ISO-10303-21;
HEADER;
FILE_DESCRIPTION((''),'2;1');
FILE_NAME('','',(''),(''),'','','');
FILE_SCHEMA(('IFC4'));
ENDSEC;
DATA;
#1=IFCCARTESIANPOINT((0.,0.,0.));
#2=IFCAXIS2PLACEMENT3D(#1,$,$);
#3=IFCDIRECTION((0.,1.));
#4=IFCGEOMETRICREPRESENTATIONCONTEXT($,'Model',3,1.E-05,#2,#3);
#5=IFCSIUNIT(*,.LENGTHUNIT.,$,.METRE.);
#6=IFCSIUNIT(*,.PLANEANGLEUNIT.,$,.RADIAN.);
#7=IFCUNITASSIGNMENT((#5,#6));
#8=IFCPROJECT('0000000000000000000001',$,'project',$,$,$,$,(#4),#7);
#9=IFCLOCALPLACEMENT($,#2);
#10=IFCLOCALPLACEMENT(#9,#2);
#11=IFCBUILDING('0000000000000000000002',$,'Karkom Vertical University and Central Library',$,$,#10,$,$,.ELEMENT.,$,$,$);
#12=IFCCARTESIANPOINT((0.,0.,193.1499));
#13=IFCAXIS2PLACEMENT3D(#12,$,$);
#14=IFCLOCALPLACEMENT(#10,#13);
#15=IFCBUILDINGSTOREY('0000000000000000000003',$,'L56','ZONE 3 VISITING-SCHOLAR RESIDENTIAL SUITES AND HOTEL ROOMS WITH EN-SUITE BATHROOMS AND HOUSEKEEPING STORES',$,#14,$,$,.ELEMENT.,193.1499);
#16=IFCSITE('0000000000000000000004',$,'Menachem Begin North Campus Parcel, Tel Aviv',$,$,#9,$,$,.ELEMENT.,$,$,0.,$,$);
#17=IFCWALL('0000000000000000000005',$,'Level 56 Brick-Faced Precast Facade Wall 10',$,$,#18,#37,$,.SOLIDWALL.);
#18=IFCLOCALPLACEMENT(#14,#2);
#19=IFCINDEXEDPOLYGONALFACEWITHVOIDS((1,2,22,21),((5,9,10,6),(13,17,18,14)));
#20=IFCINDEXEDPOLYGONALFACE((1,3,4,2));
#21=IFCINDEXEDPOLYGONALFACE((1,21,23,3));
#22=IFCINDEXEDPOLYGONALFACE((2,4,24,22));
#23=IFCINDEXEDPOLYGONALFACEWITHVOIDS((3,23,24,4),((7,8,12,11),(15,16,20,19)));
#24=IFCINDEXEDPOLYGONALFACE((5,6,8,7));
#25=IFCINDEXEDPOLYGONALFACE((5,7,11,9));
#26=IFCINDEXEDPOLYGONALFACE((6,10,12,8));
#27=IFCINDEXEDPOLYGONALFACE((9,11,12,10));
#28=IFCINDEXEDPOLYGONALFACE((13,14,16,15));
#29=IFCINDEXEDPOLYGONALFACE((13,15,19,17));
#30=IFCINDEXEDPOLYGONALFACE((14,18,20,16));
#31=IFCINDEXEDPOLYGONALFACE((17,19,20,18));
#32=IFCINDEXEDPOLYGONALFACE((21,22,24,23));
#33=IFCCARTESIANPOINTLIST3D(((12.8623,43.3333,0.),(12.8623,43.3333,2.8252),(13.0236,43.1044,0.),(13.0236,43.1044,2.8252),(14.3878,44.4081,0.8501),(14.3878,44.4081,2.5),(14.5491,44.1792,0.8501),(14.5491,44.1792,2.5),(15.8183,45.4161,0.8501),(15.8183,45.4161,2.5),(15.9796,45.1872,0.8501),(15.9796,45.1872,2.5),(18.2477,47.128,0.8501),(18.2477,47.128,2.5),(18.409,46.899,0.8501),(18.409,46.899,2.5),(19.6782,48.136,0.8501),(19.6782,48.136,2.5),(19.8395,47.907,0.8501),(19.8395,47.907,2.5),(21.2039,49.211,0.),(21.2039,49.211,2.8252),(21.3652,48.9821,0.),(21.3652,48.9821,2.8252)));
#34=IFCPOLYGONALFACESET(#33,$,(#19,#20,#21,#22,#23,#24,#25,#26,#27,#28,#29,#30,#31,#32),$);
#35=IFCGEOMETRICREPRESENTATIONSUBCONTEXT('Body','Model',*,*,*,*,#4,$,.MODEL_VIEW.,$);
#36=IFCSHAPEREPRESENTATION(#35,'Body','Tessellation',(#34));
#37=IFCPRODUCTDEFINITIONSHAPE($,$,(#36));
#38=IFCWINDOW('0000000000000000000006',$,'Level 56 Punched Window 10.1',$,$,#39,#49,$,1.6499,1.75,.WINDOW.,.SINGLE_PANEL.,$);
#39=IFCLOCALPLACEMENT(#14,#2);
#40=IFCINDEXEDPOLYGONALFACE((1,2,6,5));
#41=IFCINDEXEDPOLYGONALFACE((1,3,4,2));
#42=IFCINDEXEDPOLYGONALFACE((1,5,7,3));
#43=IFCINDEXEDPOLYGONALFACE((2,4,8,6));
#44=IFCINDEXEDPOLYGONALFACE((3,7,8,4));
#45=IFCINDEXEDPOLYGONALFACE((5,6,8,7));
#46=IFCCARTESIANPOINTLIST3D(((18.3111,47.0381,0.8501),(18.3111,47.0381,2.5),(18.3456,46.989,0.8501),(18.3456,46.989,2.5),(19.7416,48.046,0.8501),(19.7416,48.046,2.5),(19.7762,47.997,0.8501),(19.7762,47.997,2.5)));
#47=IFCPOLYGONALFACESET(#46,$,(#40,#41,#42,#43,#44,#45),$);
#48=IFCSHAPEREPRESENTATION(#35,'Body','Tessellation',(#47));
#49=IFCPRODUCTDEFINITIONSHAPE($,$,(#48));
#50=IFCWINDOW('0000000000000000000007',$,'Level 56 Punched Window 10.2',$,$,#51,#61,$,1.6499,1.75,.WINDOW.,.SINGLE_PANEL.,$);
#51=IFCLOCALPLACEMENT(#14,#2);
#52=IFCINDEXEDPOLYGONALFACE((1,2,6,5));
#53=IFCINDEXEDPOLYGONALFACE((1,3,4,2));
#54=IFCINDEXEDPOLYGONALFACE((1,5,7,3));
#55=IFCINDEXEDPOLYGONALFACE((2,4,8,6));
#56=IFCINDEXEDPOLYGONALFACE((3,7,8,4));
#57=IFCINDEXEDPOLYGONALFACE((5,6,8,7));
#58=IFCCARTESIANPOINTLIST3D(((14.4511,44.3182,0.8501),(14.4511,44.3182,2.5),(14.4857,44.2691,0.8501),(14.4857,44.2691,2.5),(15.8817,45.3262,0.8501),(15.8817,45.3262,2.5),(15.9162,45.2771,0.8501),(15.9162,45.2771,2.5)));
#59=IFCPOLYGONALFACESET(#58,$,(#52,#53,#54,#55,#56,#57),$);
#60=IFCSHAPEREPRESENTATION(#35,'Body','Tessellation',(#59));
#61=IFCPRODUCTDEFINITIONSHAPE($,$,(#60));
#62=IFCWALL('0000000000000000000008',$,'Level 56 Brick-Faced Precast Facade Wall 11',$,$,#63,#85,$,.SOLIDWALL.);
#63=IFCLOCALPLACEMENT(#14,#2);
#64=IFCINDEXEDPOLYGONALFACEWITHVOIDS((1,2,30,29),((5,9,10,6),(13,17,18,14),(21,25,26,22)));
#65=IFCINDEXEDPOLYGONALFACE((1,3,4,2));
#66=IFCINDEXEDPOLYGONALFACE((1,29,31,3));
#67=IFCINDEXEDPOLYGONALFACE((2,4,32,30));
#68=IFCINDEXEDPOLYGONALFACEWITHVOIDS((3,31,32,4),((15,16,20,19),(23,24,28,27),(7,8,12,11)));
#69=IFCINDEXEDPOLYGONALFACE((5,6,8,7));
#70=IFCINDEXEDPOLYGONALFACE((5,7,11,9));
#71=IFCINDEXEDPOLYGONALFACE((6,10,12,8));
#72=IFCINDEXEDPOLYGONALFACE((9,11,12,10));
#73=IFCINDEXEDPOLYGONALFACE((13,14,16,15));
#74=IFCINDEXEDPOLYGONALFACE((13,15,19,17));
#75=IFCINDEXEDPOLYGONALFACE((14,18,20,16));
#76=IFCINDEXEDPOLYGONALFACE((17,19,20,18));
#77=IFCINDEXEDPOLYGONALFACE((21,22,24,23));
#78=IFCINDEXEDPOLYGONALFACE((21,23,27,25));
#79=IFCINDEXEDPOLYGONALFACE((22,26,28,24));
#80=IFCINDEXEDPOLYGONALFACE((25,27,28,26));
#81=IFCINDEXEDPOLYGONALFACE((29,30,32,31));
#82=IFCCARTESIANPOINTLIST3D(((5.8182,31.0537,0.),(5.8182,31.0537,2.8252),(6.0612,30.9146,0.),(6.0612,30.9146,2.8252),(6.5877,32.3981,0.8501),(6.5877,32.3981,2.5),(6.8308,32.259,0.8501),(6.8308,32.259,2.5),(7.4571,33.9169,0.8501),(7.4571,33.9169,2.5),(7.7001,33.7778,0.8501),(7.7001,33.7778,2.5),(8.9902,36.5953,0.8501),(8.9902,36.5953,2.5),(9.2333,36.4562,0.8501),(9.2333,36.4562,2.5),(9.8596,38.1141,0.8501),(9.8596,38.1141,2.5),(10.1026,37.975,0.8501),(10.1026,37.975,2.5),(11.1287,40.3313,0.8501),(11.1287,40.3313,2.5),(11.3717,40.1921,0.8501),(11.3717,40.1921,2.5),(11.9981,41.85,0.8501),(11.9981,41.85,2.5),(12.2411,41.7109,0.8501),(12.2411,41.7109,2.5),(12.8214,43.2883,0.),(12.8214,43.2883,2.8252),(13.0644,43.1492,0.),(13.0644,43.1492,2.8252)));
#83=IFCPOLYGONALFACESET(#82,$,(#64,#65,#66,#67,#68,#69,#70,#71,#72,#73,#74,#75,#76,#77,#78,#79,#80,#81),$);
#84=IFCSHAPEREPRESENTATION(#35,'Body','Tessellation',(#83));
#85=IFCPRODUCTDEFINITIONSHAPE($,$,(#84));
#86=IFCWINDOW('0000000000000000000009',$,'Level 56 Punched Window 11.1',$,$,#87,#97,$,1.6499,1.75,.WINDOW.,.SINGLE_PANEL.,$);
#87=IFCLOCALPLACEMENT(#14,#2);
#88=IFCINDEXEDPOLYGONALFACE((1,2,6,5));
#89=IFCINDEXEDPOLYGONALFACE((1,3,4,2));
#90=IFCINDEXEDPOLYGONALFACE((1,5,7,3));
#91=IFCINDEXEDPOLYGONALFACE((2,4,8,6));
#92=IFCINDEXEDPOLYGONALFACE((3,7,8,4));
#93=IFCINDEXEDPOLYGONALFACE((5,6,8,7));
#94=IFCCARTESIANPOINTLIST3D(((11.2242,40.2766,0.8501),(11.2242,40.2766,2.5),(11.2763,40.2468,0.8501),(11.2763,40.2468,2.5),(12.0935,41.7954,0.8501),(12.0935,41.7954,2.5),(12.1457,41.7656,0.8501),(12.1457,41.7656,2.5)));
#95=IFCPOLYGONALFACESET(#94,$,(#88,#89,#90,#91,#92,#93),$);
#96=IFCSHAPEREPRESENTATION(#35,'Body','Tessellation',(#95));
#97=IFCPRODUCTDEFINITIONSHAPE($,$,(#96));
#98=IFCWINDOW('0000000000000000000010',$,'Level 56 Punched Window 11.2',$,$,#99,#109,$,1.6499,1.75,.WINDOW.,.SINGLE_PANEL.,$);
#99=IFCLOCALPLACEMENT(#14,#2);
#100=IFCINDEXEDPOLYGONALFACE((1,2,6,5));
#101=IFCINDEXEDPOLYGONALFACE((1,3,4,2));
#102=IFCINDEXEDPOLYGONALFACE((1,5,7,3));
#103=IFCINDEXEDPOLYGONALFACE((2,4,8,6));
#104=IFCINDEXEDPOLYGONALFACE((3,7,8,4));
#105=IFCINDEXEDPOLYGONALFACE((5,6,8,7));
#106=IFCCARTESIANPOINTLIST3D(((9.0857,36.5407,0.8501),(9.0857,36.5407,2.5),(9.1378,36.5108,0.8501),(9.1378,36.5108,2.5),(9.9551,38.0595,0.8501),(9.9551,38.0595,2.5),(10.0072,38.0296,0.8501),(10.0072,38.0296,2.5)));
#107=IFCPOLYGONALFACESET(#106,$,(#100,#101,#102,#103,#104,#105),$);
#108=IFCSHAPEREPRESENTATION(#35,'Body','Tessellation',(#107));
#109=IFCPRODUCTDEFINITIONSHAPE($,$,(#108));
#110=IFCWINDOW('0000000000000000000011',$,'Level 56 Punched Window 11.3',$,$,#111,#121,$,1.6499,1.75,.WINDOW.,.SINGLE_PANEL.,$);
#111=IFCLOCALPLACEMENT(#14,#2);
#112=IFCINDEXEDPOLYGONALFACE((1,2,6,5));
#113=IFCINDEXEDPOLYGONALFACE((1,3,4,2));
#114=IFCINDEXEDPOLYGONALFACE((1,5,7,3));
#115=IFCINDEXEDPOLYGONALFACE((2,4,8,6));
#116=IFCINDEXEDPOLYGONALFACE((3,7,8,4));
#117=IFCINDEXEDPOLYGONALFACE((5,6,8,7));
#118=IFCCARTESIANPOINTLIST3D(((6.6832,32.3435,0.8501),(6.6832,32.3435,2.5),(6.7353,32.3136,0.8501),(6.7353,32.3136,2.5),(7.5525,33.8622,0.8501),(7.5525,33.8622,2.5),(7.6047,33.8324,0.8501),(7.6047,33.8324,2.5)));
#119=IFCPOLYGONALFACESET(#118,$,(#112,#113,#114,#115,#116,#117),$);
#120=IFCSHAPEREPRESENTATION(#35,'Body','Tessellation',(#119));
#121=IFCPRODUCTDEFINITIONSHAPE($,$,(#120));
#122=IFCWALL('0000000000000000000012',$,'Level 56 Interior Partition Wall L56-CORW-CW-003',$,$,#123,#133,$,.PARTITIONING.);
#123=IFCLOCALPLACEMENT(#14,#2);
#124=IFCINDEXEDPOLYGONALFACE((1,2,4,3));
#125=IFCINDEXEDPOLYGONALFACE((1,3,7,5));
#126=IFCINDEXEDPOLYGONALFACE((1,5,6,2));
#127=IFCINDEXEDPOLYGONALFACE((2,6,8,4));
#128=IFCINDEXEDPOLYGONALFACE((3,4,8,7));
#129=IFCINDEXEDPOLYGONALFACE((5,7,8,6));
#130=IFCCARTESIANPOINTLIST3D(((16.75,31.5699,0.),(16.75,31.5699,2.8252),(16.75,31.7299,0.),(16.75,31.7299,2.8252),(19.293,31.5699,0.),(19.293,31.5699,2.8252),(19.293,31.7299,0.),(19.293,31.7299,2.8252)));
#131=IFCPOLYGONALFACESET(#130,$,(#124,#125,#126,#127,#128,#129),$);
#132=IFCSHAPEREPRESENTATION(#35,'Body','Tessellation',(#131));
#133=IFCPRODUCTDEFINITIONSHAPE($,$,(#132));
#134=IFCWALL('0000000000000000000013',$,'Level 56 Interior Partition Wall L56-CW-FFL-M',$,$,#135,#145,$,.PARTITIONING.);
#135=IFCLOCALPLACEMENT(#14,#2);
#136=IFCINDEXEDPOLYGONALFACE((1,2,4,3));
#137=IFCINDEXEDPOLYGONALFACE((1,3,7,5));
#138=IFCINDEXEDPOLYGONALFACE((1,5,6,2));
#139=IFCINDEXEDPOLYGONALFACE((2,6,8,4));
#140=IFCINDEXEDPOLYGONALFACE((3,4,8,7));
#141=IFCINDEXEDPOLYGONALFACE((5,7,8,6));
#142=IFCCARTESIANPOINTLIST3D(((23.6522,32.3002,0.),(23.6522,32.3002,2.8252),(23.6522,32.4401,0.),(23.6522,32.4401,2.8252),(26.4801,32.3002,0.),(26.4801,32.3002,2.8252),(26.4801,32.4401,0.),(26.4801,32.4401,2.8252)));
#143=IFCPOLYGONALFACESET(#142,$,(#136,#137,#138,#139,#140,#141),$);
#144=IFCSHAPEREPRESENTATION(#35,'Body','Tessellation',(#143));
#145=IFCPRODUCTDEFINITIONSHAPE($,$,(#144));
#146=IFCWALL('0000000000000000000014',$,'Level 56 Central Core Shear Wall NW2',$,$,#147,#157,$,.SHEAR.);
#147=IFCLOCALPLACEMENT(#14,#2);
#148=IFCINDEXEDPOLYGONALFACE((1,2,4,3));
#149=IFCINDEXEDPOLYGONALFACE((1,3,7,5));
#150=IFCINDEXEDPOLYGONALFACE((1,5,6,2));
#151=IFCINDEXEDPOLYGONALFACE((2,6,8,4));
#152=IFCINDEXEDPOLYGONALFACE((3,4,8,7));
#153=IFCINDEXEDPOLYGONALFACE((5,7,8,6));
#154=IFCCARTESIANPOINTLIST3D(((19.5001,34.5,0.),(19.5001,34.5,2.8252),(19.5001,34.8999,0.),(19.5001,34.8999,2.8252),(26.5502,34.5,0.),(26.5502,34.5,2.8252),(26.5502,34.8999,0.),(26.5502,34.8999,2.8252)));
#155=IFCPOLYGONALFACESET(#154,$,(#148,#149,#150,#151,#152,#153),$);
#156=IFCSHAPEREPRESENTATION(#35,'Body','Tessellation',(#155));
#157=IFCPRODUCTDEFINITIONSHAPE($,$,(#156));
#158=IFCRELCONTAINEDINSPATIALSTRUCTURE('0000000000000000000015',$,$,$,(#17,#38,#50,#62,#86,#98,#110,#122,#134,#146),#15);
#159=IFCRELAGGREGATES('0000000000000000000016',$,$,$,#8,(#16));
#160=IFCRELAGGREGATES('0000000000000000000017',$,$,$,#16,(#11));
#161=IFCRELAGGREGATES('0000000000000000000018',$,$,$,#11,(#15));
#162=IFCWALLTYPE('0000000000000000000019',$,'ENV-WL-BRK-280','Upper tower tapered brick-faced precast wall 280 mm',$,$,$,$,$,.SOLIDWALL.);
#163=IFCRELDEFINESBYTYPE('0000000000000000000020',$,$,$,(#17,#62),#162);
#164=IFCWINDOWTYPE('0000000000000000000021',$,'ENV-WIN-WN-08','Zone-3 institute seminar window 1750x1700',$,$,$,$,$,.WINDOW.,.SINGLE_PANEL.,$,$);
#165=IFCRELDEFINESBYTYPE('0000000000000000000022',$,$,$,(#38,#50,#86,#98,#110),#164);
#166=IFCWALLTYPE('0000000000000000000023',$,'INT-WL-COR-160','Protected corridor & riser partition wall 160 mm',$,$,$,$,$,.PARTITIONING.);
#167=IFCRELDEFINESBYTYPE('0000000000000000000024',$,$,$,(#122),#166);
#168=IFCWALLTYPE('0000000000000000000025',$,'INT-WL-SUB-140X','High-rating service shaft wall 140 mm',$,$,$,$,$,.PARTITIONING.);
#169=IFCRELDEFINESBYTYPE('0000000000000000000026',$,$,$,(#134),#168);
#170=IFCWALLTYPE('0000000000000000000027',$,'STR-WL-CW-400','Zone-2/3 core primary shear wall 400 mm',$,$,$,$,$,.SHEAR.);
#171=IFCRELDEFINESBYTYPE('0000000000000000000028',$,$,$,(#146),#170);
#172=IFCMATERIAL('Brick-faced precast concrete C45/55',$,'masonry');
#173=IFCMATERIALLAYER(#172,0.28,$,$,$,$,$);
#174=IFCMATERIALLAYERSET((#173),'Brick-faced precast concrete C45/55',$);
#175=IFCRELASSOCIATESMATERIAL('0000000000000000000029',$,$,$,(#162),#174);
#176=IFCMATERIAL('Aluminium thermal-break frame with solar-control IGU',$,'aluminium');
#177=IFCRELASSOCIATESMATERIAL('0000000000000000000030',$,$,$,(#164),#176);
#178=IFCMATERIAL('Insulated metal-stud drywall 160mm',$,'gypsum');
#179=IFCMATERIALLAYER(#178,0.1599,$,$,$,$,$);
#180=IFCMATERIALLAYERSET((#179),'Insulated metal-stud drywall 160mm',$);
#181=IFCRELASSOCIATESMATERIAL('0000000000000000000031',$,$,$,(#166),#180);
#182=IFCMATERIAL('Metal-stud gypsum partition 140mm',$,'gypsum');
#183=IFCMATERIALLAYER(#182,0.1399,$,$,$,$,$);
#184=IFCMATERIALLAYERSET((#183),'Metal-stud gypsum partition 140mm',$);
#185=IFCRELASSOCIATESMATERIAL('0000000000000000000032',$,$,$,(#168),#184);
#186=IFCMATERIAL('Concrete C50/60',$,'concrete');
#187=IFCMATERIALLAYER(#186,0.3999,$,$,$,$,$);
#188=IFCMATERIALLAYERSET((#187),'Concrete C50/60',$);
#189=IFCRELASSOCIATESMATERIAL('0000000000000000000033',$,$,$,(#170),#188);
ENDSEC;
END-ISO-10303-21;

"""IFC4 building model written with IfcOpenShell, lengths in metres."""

from ifc_helpers import new_model, si_unit, direction, frame, frame_2d, origin, origin_with_axes, place, context, subcontext, project, spatial, rectangle, extrude, source, transform, mapped, material, layer, layer_set, type_object, element, fill, save


model = new_model("IFC4")

# Units and contexts
model_context = context("Model", 3, precision=1e-05, world=origin(), true_north=direction((0.0, 1.0)))
body_context = subcontext(model_context, "Body", "Model", "MODEL_VIEW")
ifc_project = project(units=[si_unit("LENGTHUNIT", "METRE"), si_unit("PLANEANGLEUNIT", "RADIAN")], contexts=[model_context])

# Site, building, storey
site_placement = place(None, origin())
site = spatial("IfcSite", under=ifc_project, at=site_placement, Name="Menachem Begin North Campus Parcel, Tel Aviv", CompositionType="ELEMENT", RefElevation=0.0)
building_placement = place(site_placement, origin())
building = spatial("IfcBuilding", under=site, at=building_placement, Name="Karkom Vertical University and Central Library", CompositionType="ELEMENT")
storey_placement = place(building_placement, frame((0.0, 0.0, 193.1499)))
storey = spatial("IfcBuildingStorey", under=building, at=storey_placement, Name="L56", Description="ZONE 3 VISITING-SCHOLAR RESIDENTIAL SUITES AND HOTEL ROOMS WITH EN-SUITE BATHROOMS AND HOUSEKEEPING STORES", CompositionType="ELEMENT", Elevation=193.1499)

# Shared definitions
ifc_material_1 = material(Name="Concrete C50/60", Category="concrete")

# Walls, openings, windows
ifc_material_2 = material(Name="Brick-faced precast concrete C45/55", Category="masonry")
ifc_layer_1 = layer(ifc_material_2, 0.28)
ifc_layer_set_1 = layer_set([ifc_layer_1], Name="Brick-faced precast concrete C45/55")
wall_type_1 = type_object("IfcWallType", Name="ENV-WL-BRK-280", Description="Upper tower tapered brick-faced precast wall 280 mm", PredefinedType="SOLIDWALL", material=ifc_layer_set_1)
wall_1_placement = place(storey_placement, frame((21.2844, 49.0964, 0.0), z_axis=(0.0, 0.0, 1.0), x_axis=(-0.817451, -0.575998, 0.0)))
wall_1 = element("IfcWall", 1, at=wall_1_placement, inside=storey, type_object=wall_type_1, Name="Level 56 Brick-Faced Precast Facade Wall 10", PredefinedType="SOLIDWALL", context=body_context, shape_type="SweptSolid", body=[
    extrude(rectangle(XDim=10.2043, YDim=0.28, at=frame_2d((5.1021, 0.0))), origin(), (0.0, 0.0, 1.0), 2.8252),
])
opening_1_placement = place(wall_1_placement, frame((1.8662, 0.0, 0.8501)))
opening_1 = element("IfcOpeningElement", 2, at=opening_1_placement, cuts=wall_1, PredefinedType="OPENING", context=body_context, shape_type="SweptSolid", body=[
    extrude(rectangle(XDim=1.75, YDim=1.6499, at=frame_2d((0.875, 0.825))), frame((0.0, 0.1499, 0.0), z_axis=(0.0, -1.0, 0.0), x_axis=(1.0, 0.0, 0.0)), (0.0, 0.0, 1.0), 0.3),
])
opening_2_placement = place(wall_1_placement, frame((6.5881, 0.0, 0.8501)))
opening_2 = element("IfcOpeningElement", 3, at=opening_2_placement, cuts=wall_1, PredefinedType="OPENING", context=body_context, shape_type="SweptSolid", body=[
    extrude(rectangle(XDim=1.75, YDim=1.6499, at=frame_2d((0.875, 0.825))), frame((0.0, 0.1499, 0.0), z_axis=(0.0, -1.0, 0.0), x_axis=(1.0, 0.0, 0.0)), (0.0, 0.0, 1.0), 0.3),
])
ifc_material_3 = material(Name="Aluminium thermal-break frame with solar-control IGU", Category="aluminium")
window_type = type_object("IfcWindowType", Name="ENV-WIN-WN-08", Description="Zone-3 institute seminar window 1750x1700", PartitioningType="SINGLE_PANEL", PredefinedType="WINDOW", material=ifc_material_3)
shared_shape_1 = source(origin_with_axes(), body_context, "Body", "SweptSolid", [
    extrude(rectangle(XDim=1.75, YDim=1.6499, at=frame_2d((0.875, 0.825))), frame((0.0, 0.03, 0.0), z_axis=(0.0, -1.0, 0.0), x_axis=(1.0, 0.0, 0.0)), (0.0, 0.0, 1.0), 0.0601),
])
window_1_placement = place(opening_1_placement, origin())
window_1 = element("IfcWindow", 4, at=window_1_placement, inside=storey, type_object=window_type, Name="Level 56 Punched Window 10.1", OverallHeight=1.6499, OverallWidth=1.75, PartitioningType="SINGLE_PANEL", PredefinedType="WINDOW", context=body_context, shape_type="MappedRepresentation", body=[
    mapped(shared_shape_1, transform((0.0, 0.0, 0.0), scale=1.0)),
])
fill(opening_1, window_1)
window_2_placement = place(opening_2_placement, origin())
window_2 = element("IfcWindow", 5, at=window_2_placement, inside=storey, type_object=window_type, Name="Level 56 Punched Window 10.2", OverallHeight=1.6499, OverallWidth=1.75, PartitioningType="SINGLE_PANEL", PredefinedType="WINDOW", context=body_context, shape_type="MappedRepresentation", body=[
    mapped(shared_shape_1, transform((0.0, 0.0, 0.0), scale=1.0)),
])
fill(opening_2, window_2)
wall_2_placement = place(storey_placement, frame((12.9429, 43.2188, 0.0), z_axis=(0.0, 0.0, 1.0), x_axis=(-0.496779, -0.867877, 0.0)))
wall_2 = element("IfcWall", 6, at=wall_2_placement, inside=storey, type_object=wall_type_1, Name="Level 56 Brick-Faced Precast Facade Wall 11", PredefinedType="SOLIDWALL", context=body_context, shape_type="SweptSolid", body=[
    extrude(rectangle(XDim=14.0972, YDim=0.28, at=frame_2d((7.0486, 0.0))), origin(), (0.0, 0.0, 1.0), 2.8252),
])
opening_3_placement = place(wall_2_placement, frame((1.6572, 0.0, 0.8501)))
opening_3 = element("IfcOpeningElement", 7, at=opening_3_placement, cuts=wall_2, PredefinedType="OPENING", context=body_context, shape_type="SweptSolid", body=[
    extrude(rectangle(XDim=1.75, YDim=1.6499, at=frame_2d((0.875, 0.825))), frame((0.0, 0.1499, 0.0), z_axis=(0.0, -1.0, 0.0), x_axis=(1.0, 0.0, 0.0)), (0.0, 0.0, 1.0), 0.3),
])
opening_4_placement = place(wall_2_placement, frame((5.9619, 0.0, 0.8501)))
opening_4 = element("IfcOpeningElement", 8, at=opening_4_placement, cuts=wall_2, PredefinedType="OPENING", context=body_context, shape_type="SweptSolid", body=[
    extrude(rectangle(XDim=1.75, YDim=1.6499, at=frame_2d((0.875, 0.825))), frame((0.0, 0.1499, 0.0), z_axis=(0.0, -1.0, 0.0), x_axis=(1.0, 0.0, 0.0)), (0.0, 0.0, 1.0), 0.3),
])
opening_5_placement = place(wall_2_placement, frame((10.7981, 0.0, 0.8501)))
opening_5 = element("IfcOpeningElement", 9, at=opening_5_placement, cuts=wall_2, PredefinedType="OPENING", context=body_context, shape_type="SweptSolid", body=[
    extrude(rectangle(XDim=1.75, YDim=1.6499, at=frame_2d((0.875, 0.825))), frame((0.0, 0.1499, 0.0), z_axis=(0.0, -1.0, 0.0), x_axis=(1.0, 0.0, 0.0)), (0.0, 0.0, 1.0), 0.3),
])
window_3_placement = place(opening_3_placement, origin())
window_3 = element("IfcWindow", 10, at=window_3_placement, inside=storey, type_object=window_type, Name="Level 56 Punched Window 11.1", OverallHeight=1.6499, OverallWidth=1.75, PartitioningType="SINGLE_PANEL", PredefinedType="WINDOW", context=body_context, shape_type="MappedRepresentation", body=[
    mapped(shared_shape_1, transform((0.0, 0.0, 0.0), scale=1.0)),
])
fill(opening_3, window_3)
window_4_placement = place(opening_4_placement, origin())
window_4 = element("IfcWindow", 11, at=window_4_placement, inside=storey, type_object=window_type, Name="Level 56 Punched Window 11.2", OverallHeight=1.6499, OverallWidth=1.75, PartitioningType="SINGLE_PANEL", PredefinedType="WINDOW", context=body_context, shape_type="MappedRepresentation", body=[
    mapped(shared_shape_1, transform((0.0, 0.0, 0.0), scale=1.0)),
])
fill(opening_4, window_4)
window_5_placement = place(opening_5_placement, origin())
window_5 = element("IfcWindow", 12, at=window_5_placement, inside=storey, type_object=window_type, Name="Level 56 Punched Window 11.3", OverallHeight=1.6499, OverallWidth=1.75, PartitioningType="SINGLE_PANEL", PredefinedType="WINDOW", context=body_context, shape_type="MappedRepresentation", body=[
    mapped(shared_shape_1, transform((0.0, 0.0, 0.0), scale=1.0)),
])
fill(opening_5, window_5)

# Walls
ifc_material_4 = material(Name="Insulated metal-stud drywall 160mm", Category="gypsum")
ifc_layer_2 = layer(ifc_material_4, 0.1599)
ifc_layer_set_2 = layer_set([ifc_layer_2], Name="Insulated metal-stud drywall 160mm")
wall_type_2 = type_object("IfcWallType", Name="INT-WL-COR-160", Description="Protected corridor & riser partition wall 160 mm", PredefinedType="PARTITIONING", material=ifc_layer_set_2)
wall_3_placement = place(storey_placement, frame((16.75, 31.6499, 0.0), z_axis=(0.0, 0.0, 1.0), x_axis=(1.0, 0.0, 0.0)))
element("IfcWall", 13, at=wall_3_placement, inside=storey, type_object=wall_type_2, Name="Level 56 Interior Partition Wall L56-CORW-CW-003", PredefinedType="PARTITIONING", context=body_context, shape_type="SweptSolid", body=[
    extrude(rectangle(XDim=2.543, YDim=0.1599, at=frame_2d((1.2715, 0.0))), origin(), (0.0, 0.0, 1.0), 2.8252),
])
ifc_material_5 = material(Name="Metal-stud gypsum partition 140mm", Category="gypsum")
ifc_layer_3 = layer(ifc_material_5, 0.1399)
ifc_layer_set_3 = layer_set([ifc_layer_3], Name="Metal-stud gypsum partition 140mm")
wall_type_3 = type_object("IfcWallType", Name="INT-WL-SUB-140X", Description="High-rating service shaft wall 140 mm", PredefinedType="PARTITIONING", material=ifc_layer_set_3)
wall_4_placement = place(storey_placement, frame((23.6521, 32.3701, 0.0), z_axis=(0.0, 0.0, 1.0), x_axis=(1.0, 0.0, 0.0)))
element("IfcWall", 14, at=wall_4_placement, inside=storey, type_object=wall_type_3, Name="Level 56 Interior Partition Wall L56-CW-FFL-M", PredefinedType="PARTITIONING", context=body_context, shape_type="SweptSolid", body=[
    extrude(rectangle(XDim=2.8279, YDim=0.1399, at=frame_2d((1.4141, 0.0))), origin(), (0.0, 0.0, 1.0), 2.8252),
])
ifc_layer_4 = layer(ifc_material_1, 0.3999)
ifc_layer_set_4 = layer_set([ifc_layer_4], Name="Concrete C50/60")
wall_type_4 = type_object("IfcWallType", Name="STR-WL-CW-400", Description="Zone-2/3 core primary shear wall 400 mm", PredefinedType="SHEAR", material=ifc_layer_set_4)
wall_5_placement = place(storey_placement, frame((26.55, 34.7, 0.0), z_axis=(0.0, 0.0, 1.0), x_axis=(-1.0, 0.0, 0.0)))
element("IfcWall", 15, at=wall_5_placement, inside=storey, type_object=wall_type_4, Name="Level 56 Central Core Shear Wall NW2", PredefinedType="SHEAR", context=body_context, shape_type="SweptSolid", body=[
    extrude(rectangle(XDim=7.05, YDim=0.3999, at=frame_2d((3.5249, 0.0))), origin(), (0.0, 0.0, 1.0), 2.8252),
])

save(model, "model.ifc")
